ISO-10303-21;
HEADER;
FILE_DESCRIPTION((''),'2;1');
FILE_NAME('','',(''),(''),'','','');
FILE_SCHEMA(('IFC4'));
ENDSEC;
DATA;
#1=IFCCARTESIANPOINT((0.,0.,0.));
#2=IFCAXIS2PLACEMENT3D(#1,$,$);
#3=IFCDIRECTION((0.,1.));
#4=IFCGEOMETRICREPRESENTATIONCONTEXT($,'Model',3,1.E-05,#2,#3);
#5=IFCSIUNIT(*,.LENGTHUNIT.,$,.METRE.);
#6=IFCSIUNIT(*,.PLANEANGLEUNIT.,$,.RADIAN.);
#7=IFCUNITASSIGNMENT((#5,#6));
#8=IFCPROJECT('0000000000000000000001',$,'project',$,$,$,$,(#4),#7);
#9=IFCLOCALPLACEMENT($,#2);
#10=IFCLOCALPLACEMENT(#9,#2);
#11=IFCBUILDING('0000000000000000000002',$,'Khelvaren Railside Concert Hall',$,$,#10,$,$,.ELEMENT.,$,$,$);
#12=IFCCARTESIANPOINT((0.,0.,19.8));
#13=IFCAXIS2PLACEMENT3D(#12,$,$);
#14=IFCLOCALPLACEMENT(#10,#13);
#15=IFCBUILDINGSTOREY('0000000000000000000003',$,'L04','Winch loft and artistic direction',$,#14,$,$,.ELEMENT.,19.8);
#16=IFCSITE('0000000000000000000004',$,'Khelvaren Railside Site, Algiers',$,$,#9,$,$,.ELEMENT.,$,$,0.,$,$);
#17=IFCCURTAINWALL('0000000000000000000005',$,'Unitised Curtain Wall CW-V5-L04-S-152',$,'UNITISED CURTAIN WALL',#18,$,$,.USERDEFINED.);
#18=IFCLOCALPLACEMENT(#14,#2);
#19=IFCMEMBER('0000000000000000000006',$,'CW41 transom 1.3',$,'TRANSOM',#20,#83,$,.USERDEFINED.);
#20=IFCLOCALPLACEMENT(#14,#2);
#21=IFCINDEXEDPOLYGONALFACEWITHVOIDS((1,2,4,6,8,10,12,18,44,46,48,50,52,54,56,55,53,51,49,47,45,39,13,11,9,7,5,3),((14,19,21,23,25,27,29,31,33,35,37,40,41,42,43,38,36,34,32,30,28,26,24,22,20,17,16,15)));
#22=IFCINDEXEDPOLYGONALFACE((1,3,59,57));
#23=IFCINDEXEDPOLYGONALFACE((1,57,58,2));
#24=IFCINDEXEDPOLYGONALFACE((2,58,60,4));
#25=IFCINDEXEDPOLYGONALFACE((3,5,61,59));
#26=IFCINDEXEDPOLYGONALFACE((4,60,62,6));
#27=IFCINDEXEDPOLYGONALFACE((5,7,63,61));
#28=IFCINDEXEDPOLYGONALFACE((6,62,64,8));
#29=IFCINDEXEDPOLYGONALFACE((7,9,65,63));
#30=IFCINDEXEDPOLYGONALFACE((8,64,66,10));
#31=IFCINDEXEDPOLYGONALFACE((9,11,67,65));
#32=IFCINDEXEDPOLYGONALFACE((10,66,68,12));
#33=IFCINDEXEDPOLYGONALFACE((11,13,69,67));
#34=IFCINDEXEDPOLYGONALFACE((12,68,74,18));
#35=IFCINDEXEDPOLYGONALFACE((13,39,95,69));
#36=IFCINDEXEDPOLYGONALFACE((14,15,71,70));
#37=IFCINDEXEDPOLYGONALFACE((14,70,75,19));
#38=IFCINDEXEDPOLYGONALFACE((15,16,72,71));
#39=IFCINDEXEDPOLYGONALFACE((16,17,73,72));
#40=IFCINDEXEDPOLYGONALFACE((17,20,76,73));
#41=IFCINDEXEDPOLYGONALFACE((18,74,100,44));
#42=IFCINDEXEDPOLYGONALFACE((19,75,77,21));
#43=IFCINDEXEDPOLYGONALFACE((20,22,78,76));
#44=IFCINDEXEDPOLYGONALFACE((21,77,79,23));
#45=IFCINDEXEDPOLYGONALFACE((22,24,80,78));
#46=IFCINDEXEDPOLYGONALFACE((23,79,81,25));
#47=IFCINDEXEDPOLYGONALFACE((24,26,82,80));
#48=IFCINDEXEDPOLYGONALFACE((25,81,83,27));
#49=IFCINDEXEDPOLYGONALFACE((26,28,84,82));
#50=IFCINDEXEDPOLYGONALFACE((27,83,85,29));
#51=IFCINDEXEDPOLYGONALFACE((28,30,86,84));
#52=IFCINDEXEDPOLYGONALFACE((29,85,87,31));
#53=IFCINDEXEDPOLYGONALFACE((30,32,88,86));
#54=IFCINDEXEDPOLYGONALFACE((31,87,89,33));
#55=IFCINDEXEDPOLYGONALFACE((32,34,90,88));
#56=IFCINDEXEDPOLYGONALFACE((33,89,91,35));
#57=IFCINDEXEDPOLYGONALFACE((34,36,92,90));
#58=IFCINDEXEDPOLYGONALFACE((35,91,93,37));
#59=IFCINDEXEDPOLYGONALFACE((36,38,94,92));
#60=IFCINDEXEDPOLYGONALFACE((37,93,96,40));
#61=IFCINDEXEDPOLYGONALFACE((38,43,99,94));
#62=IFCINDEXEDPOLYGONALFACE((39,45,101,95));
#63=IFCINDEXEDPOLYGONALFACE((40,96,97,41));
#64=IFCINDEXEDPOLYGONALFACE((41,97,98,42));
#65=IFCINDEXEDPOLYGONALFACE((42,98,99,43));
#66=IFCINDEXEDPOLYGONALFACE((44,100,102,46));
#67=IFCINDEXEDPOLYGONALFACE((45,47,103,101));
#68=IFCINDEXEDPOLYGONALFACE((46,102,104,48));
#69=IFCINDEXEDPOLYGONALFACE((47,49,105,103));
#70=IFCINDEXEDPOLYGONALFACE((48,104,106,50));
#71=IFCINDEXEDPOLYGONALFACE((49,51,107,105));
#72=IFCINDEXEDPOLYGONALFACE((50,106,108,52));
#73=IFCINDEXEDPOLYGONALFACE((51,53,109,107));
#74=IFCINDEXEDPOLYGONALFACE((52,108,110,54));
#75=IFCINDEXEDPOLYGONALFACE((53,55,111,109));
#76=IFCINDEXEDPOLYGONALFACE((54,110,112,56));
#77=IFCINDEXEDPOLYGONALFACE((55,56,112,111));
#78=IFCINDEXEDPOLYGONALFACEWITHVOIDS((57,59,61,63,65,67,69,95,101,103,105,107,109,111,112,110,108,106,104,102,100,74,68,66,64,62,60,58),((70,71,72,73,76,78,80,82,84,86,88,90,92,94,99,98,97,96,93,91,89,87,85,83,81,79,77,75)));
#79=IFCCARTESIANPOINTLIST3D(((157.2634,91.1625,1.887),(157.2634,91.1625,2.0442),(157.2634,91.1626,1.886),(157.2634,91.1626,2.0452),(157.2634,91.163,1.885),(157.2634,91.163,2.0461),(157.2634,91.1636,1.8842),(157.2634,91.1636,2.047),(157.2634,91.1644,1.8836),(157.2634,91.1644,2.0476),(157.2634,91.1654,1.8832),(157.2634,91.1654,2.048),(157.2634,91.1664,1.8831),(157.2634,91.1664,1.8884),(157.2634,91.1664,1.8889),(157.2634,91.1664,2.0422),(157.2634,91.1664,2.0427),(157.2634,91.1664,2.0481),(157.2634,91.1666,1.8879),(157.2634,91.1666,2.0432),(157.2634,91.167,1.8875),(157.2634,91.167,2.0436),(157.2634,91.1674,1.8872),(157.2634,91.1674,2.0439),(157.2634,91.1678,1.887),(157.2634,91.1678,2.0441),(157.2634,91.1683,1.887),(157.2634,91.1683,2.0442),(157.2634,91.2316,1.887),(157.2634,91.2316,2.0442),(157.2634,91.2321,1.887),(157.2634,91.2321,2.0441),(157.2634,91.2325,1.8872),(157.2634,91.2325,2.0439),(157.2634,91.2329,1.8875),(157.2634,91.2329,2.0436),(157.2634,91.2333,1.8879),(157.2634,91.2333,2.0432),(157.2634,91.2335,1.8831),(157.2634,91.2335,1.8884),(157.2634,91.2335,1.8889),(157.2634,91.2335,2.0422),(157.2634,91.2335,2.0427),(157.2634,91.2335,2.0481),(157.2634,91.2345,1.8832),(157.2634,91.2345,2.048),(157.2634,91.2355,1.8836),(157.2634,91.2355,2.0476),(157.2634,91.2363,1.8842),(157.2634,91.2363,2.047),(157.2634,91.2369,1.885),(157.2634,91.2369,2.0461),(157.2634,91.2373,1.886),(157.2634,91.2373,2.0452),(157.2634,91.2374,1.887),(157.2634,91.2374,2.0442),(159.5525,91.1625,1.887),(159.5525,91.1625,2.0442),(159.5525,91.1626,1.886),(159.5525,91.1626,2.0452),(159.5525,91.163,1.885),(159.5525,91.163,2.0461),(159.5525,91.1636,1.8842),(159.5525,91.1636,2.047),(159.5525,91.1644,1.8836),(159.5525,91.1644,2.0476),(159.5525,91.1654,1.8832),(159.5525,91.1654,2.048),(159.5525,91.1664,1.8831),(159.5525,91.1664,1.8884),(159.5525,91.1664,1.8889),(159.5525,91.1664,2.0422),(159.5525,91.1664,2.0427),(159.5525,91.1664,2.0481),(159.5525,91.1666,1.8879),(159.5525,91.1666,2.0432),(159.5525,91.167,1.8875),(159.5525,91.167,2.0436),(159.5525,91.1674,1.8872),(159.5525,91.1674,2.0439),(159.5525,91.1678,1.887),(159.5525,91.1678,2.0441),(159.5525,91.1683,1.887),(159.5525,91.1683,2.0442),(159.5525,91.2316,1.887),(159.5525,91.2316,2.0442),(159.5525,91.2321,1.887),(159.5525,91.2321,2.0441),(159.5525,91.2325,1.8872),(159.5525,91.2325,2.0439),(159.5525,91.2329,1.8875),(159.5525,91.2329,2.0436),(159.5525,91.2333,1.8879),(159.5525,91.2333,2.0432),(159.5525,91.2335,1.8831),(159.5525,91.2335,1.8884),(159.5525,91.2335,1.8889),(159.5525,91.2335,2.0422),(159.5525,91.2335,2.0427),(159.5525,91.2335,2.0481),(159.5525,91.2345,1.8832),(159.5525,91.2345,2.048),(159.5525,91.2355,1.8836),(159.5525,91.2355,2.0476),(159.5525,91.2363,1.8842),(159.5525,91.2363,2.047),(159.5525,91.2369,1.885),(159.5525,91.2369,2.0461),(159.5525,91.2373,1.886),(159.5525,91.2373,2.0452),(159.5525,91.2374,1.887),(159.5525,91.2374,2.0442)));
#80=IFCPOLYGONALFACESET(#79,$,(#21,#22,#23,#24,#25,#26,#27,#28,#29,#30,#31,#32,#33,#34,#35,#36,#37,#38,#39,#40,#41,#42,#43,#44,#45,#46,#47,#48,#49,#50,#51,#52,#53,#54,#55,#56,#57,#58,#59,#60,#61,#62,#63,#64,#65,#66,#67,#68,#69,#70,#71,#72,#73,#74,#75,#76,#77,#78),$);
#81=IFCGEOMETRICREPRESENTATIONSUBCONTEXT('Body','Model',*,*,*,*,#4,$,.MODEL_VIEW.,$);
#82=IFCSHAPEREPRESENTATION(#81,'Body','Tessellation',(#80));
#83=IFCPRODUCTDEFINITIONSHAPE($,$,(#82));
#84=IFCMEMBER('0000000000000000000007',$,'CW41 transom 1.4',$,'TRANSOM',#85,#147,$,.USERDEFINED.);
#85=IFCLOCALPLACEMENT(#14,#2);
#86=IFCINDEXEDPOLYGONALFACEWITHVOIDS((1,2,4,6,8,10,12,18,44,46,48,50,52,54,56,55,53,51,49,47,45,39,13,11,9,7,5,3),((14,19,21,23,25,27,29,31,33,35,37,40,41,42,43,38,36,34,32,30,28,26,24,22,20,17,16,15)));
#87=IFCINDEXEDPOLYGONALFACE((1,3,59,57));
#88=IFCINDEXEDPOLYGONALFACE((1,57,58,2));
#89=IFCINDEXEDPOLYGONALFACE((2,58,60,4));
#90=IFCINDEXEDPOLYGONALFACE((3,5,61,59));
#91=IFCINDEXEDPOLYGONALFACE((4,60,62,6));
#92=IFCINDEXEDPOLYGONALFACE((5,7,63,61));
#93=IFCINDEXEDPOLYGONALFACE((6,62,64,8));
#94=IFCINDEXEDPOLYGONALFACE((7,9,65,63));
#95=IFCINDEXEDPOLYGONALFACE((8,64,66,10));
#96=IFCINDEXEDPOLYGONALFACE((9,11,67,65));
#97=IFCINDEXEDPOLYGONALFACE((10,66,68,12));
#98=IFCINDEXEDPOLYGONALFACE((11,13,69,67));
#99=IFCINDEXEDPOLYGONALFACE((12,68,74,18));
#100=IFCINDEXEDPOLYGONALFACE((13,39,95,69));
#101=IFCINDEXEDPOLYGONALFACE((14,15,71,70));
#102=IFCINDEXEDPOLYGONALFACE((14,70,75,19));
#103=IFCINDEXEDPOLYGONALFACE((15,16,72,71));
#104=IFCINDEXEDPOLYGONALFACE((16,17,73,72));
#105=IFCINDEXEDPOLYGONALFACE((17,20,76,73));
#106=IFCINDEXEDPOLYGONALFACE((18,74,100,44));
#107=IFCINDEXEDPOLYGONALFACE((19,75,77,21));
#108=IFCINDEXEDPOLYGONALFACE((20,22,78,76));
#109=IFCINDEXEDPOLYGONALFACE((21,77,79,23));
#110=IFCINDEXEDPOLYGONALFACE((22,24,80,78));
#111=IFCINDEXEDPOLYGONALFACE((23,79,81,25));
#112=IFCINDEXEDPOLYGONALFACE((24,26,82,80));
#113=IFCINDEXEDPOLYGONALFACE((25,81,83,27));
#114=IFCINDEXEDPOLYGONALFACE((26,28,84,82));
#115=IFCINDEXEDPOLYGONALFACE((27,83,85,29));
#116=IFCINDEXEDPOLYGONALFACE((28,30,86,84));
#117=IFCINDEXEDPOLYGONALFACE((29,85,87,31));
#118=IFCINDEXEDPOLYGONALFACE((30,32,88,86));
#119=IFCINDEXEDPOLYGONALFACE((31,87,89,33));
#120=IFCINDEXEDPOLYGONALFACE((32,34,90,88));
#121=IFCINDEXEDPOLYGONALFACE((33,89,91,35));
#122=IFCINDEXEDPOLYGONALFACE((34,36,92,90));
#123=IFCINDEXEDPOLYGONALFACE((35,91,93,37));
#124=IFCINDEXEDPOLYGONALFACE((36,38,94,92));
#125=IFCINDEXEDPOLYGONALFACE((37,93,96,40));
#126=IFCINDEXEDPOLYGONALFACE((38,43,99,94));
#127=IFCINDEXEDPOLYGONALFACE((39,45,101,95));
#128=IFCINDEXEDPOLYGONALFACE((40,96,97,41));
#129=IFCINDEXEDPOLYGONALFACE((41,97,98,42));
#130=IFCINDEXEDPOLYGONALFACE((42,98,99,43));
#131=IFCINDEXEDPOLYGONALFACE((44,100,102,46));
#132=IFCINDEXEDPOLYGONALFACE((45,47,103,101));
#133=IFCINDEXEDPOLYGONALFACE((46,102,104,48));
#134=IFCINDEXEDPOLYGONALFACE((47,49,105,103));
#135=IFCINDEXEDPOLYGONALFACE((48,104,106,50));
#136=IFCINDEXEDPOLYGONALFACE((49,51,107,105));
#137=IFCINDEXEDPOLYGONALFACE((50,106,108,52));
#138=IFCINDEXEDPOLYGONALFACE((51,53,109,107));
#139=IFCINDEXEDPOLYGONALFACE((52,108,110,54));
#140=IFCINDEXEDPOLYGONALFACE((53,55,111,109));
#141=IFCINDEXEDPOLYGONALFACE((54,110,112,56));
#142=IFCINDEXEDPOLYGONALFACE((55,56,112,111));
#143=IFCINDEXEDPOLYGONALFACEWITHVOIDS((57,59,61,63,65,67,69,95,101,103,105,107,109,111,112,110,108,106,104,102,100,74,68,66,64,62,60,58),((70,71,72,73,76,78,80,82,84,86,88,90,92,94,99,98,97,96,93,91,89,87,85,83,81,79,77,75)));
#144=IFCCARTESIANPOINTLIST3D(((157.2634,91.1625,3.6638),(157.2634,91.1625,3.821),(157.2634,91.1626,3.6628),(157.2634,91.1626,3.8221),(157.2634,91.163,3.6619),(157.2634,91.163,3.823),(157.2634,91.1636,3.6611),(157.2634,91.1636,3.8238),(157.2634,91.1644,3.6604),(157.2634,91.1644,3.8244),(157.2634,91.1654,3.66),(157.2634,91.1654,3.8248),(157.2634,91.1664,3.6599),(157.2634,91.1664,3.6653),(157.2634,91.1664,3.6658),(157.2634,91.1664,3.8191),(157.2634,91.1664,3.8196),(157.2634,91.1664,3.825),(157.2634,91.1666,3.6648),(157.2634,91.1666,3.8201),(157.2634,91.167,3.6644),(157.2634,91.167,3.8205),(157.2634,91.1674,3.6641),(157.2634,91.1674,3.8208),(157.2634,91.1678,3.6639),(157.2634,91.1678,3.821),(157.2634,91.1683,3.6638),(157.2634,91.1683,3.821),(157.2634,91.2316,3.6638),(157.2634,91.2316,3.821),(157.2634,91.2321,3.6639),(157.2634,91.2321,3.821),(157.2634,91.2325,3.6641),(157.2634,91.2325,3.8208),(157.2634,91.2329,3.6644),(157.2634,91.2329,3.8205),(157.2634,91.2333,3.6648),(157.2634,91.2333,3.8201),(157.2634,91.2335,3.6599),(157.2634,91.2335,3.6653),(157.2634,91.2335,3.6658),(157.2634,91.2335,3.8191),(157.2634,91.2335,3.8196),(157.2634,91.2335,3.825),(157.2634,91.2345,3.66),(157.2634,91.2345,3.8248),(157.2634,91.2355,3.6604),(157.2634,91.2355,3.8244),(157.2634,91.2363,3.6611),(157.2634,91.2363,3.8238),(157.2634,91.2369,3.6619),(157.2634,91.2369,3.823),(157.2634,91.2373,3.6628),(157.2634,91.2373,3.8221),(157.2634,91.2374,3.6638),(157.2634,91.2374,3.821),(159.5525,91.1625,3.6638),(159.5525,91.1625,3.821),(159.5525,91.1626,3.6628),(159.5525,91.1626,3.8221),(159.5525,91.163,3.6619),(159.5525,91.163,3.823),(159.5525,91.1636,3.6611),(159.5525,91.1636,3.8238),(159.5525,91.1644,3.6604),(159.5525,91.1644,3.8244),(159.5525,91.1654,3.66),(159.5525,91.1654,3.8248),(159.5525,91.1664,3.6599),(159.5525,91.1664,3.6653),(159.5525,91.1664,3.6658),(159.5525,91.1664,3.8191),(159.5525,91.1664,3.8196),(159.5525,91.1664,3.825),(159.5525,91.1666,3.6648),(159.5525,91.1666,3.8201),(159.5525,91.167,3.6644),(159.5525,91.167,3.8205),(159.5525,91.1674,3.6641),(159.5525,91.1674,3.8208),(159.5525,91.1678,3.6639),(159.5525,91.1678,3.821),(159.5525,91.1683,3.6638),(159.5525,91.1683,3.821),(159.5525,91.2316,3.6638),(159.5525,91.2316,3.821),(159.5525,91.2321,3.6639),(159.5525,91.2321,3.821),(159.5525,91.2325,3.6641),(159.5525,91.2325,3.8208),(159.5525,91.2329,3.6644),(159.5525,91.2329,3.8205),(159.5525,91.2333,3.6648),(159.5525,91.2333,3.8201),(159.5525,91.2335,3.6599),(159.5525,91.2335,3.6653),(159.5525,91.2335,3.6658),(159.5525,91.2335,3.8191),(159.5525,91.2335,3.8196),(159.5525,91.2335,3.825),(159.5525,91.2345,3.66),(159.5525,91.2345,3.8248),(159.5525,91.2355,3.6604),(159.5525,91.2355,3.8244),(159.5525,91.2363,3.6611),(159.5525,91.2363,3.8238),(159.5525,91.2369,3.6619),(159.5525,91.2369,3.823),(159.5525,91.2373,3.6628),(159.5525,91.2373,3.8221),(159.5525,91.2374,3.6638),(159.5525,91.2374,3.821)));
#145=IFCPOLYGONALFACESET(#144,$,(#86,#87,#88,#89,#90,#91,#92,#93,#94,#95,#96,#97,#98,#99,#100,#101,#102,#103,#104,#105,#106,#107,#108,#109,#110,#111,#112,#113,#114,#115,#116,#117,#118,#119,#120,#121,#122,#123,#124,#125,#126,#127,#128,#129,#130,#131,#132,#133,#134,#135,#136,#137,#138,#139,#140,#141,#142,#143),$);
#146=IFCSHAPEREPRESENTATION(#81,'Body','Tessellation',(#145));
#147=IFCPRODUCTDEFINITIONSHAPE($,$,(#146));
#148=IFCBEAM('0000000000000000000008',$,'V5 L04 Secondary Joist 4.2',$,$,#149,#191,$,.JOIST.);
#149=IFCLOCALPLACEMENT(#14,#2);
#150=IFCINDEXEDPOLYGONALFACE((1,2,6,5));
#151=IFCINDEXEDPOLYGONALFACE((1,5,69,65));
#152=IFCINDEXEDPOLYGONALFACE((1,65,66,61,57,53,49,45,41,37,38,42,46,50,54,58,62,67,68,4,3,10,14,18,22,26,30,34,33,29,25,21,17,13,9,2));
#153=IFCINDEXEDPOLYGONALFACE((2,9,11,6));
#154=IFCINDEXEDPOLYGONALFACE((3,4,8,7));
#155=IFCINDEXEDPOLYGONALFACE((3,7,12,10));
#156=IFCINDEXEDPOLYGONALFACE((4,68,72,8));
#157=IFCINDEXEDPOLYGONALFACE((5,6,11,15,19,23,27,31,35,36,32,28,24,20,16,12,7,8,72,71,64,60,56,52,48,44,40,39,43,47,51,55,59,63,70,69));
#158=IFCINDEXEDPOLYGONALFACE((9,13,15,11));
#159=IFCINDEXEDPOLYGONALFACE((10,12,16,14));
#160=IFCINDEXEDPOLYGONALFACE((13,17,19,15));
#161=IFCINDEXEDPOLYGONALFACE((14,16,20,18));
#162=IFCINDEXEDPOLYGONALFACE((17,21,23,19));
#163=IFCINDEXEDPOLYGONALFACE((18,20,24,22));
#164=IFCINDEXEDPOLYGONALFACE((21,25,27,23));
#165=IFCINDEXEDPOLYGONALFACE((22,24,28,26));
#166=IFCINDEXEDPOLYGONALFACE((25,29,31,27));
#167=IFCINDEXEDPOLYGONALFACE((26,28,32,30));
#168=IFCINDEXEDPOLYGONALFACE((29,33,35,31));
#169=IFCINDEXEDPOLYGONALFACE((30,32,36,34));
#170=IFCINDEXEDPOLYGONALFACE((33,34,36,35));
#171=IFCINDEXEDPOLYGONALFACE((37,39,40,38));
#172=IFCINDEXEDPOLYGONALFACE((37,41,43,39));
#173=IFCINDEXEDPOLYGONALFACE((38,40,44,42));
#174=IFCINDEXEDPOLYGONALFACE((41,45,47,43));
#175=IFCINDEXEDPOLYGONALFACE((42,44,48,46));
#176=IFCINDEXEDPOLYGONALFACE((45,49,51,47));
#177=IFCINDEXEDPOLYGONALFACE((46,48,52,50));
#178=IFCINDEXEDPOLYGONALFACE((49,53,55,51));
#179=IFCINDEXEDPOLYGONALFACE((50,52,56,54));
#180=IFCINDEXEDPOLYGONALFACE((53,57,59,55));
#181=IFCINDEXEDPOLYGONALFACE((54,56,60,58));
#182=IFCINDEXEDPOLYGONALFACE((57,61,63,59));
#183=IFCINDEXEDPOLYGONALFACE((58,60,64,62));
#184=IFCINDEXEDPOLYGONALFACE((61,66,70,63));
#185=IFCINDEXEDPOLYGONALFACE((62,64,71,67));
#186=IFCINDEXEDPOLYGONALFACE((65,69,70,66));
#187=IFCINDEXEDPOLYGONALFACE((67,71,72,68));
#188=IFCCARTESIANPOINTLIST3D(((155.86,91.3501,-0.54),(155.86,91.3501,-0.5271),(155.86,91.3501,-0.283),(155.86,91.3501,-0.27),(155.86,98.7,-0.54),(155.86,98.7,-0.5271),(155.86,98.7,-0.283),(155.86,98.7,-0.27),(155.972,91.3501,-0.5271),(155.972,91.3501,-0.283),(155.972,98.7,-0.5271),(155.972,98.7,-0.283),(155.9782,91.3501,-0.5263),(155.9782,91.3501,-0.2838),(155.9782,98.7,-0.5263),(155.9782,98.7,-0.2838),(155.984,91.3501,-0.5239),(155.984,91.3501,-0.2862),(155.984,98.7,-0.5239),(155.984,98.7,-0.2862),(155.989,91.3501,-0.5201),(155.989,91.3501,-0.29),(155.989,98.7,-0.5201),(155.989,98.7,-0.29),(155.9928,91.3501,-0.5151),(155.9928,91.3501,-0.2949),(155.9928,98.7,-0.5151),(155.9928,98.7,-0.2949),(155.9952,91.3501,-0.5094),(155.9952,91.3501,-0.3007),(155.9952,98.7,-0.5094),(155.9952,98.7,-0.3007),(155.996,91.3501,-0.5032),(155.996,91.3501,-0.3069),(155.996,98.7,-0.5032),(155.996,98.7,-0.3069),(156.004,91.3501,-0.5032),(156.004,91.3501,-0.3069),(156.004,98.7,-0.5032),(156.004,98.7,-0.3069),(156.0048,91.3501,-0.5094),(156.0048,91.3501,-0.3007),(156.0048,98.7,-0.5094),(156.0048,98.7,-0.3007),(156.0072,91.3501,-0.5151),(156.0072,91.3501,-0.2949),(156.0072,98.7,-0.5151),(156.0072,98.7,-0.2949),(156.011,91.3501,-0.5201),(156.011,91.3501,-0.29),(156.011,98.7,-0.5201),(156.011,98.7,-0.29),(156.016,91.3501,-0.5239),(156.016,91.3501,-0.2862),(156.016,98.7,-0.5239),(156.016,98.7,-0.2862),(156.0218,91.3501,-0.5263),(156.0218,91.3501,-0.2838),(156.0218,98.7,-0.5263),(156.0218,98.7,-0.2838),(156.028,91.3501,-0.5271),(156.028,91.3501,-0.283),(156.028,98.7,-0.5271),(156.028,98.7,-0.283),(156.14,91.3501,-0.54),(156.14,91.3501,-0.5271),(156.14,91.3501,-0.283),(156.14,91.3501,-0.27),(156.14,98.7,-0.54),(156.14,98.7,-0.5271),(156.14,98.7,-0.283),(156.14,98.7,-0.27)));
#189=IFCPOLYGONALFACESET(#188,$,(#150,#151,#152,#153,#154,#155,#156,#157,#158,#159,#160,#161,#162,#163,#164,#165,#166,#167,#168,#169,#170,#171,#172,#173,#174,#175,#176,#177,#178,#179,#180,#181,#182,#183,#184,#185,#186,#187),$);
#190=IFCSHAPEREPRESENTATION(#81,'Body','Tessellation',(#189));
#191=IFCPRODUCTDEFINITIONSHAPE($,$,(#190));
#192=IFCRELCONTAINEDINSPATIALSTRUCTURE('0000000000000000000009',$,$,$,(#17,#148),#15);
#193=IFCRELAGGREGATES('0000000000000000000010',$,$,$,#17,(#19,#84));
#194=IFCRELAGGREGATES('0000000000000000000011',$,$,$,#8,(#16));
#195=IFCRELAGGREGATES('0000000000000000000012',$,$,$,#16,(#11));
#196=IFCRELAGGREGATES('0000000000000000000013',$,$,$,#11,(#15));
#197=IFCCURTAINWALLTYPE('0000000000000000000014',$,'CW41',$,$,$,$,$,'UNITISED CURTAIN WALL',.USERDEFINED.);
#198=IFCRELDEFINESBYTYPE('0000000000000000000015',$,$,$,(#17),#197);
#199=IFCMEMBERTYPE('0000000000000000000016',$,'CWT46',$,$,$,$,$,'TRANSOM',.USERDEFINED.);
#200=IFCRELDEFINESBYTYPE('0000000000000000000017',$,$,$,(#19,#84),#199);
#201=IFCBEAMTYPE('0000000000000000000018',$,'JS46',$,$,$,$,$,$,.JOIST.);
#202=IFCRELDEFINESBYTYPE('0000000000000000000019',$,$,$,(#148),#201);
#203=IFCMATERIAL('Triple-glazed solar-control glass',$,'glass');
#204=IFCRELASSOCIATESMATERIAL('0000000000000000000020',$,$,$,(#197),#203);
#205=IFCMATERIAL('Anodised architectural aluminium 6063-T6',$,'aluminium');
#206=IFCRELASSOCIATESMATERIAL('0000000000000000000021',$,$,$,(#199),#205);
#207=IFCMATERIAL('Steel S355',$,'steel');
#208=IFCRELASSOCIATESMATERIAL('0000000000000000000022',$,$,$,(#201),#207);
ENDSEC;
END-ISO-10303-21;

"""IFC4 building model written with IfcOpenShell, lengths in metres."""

from ifc_helpers import new_model, si_unit, direction, frame, origin, origin_2d, place, context, subcontext, project, spatial, hollow_rectangle, i_section, extrude, material, material_profile, profile_set, type_object, element, aggregate, save


model = new_model("IFC4")

# Units and contexts
model_context = context("Model", 3, precision=1e-05, world=origin(), true_north=direction((0.0, 1.0)))
body_context = subcontext(model_context, "Body", "Model", "MODEL_VIEW")
ifc_project = project(units=[si_unit("LENGTHUNIT", "METRE"), si_unit("PLANEANGLEUNIT", "RADIAN")], contexts=[model_context])

# Site, building, storey
site_placement = place(None, origin())
site = spatial("IfcSite", under=ifc_project, at=site_placement, Name="Khelvaren Railside Site, Algiers", CompositionType="ELEMENT", RefElevation=0.0)
building_placement = place(site_placement, origin())
building = spatial("IfcBuilding", under=site, at=building_placement, Name="Khelvaren Railside Concert Hall", CompositionType="ELEMENT")
storey_placement = place(building_placement, frame((0.0, 0.0, 19.8)))
storey = spatial("IfcBuildingStorey", under=building, at=storey_placement, Name="L04", Description="Winch loft and artistic direction", CompositionType="ELEMENT", Elevation=19.8)

# Shared definitions
ifc_material_1 = material(Name="Steel S355", Category="steel")

# Curtain wall, members
ifc_material_2 = material(Name="Triple-glazed solar-control glass", Category="glass")
curtain_wall_type = type_object("IfcCurtainWallType", Name="CW41", ElementType="UNITISED CURTAIN WALL", PredefinedType="USERDEFINED", material=ifc_material_2)
curtain_wall_placement = place(storey_placement, origin())
curtain_wall = element("IfcCurtainWall", 1, at=curtain_wall_placement, inside=storey, type_object=curtain_wall_type, Name="Unitised Curtain Wall CW-V5-L04-S-152", ObjectType="UNITISED CURTAIN WALL", PredefinedType="USERDEFINED")
ifc_material_3 = material(Name="Anodised architectural aluminium 6063-T6", Category="aluminium")
ifc_material_profile_1 = material_profile(ifc_material_3, hollow_rectangle(XDim=0.075, YDim=0.165, WallThickness=0.0039, InnerFilletRadius=0.002, OuterFilletRadius=0.0039, at=origin_2d()), Name="CWT 75x165x4")
ifc_profile_set_1 = profile_set([ifc_material_profile_1], Name="Anodised architectural aluminium 6063-T6")
member_type_1 = type_object("IfcMemberType", Name="CWT46", ElementType="TRANSOM", PredefinedType="USERDEFINED", material=ifc_profile_set_1)
member_1_placement = place(storey_placement, frame((159.5525, 91.2, 1.9656), z_axis=(-1.0, 0.0, 0.0), x_axis=(0.0, -1.0, 0.0)))
member_1 = element("IfcMember", 2, at=member_1_placement, type_object=member_type_1, Name="CW41 transom 1.3", ObjectType="TRANSOM", PredefinedType="USERDEFINED", context=body_context, shape_type="SweptSolid", body=[
    extrude(hollow_rectangle(XDim=0.075, YDim=0.165, WallThickness=0.0039, InnerFilletRadius=0.002, OuterFilletRadius=0.0039, at=origin_2d()), origin(), (0.0, 0.0, 1.0), 2.2891),
])
member_2_placement = place(storey_placement, frame((159.5525, 91.2, 3.7424), z_axis=(-1.0, 0.0, 0.0), x_axis=(0.0, -1.0, 0.0)))
member_2 = element("IfcMember", 3, at=member_2_placement, type_object=member_type_1, Name="CW41 transom 1.4", ObjectType="TRANSOM", PredefinedType="USERDEFINED", context=body_context, shape_type="SweptSolid", body=[
    extrude(hollow_rectangle(XDim=0.075, YDim=0.165, WallThickness=0.0039, InnerFilletRadius=0.002, OuterFilletRadius=0.0039, at=origin_2d()), origin(), (0.0, 0.0, 1.0), 2.2891),
])
aggregate(curtain_wall, [member_1, member_2])

# Beam
ifc_material_profile_2 = material_profile(ifc_material_1, i_section(OverallWidth=0.28, OverallDepth=0.27, WebThickness=0.0081, FlangeThickness=0.0129, FilletRadius=0.0239, at=origin_2d()), Name="HEA 280")
ifc_profile_set_2 = profile_set([ifc_material_profile_2], Name="Steel S355")
beam_type_1 = type_object("IfcBeamType", Name="JS46", PredefinedType="JOIST", material=ifc_profile_set_2)
beam_1_placement = place(storey_placement, frame((156.0, 91.3501, -0.405), z_axis=(0.0, 1.0, 0.0), x_axis=(-1.0, 0.0, 0.0)))
element("IfcBeam", 4, at=beam_1_placement, inside=storey, type_object=beam_type_1, Name="V5 L04 Secondary Joist 4.2", PredefinedType="JOIST", context=body_context, shape_type="SweptSolid", body=[
    extrude(i_section(OverallWidth=0.28, OverallDepth=0.27, WebThickness=0.0081, FlangeThickness=0.0129, FilletRadius=0.0239, at=origin_2d()), origin(), (0.0, 0.0, 1.0), 7.3499),
])

save(model, "model.ifc")
